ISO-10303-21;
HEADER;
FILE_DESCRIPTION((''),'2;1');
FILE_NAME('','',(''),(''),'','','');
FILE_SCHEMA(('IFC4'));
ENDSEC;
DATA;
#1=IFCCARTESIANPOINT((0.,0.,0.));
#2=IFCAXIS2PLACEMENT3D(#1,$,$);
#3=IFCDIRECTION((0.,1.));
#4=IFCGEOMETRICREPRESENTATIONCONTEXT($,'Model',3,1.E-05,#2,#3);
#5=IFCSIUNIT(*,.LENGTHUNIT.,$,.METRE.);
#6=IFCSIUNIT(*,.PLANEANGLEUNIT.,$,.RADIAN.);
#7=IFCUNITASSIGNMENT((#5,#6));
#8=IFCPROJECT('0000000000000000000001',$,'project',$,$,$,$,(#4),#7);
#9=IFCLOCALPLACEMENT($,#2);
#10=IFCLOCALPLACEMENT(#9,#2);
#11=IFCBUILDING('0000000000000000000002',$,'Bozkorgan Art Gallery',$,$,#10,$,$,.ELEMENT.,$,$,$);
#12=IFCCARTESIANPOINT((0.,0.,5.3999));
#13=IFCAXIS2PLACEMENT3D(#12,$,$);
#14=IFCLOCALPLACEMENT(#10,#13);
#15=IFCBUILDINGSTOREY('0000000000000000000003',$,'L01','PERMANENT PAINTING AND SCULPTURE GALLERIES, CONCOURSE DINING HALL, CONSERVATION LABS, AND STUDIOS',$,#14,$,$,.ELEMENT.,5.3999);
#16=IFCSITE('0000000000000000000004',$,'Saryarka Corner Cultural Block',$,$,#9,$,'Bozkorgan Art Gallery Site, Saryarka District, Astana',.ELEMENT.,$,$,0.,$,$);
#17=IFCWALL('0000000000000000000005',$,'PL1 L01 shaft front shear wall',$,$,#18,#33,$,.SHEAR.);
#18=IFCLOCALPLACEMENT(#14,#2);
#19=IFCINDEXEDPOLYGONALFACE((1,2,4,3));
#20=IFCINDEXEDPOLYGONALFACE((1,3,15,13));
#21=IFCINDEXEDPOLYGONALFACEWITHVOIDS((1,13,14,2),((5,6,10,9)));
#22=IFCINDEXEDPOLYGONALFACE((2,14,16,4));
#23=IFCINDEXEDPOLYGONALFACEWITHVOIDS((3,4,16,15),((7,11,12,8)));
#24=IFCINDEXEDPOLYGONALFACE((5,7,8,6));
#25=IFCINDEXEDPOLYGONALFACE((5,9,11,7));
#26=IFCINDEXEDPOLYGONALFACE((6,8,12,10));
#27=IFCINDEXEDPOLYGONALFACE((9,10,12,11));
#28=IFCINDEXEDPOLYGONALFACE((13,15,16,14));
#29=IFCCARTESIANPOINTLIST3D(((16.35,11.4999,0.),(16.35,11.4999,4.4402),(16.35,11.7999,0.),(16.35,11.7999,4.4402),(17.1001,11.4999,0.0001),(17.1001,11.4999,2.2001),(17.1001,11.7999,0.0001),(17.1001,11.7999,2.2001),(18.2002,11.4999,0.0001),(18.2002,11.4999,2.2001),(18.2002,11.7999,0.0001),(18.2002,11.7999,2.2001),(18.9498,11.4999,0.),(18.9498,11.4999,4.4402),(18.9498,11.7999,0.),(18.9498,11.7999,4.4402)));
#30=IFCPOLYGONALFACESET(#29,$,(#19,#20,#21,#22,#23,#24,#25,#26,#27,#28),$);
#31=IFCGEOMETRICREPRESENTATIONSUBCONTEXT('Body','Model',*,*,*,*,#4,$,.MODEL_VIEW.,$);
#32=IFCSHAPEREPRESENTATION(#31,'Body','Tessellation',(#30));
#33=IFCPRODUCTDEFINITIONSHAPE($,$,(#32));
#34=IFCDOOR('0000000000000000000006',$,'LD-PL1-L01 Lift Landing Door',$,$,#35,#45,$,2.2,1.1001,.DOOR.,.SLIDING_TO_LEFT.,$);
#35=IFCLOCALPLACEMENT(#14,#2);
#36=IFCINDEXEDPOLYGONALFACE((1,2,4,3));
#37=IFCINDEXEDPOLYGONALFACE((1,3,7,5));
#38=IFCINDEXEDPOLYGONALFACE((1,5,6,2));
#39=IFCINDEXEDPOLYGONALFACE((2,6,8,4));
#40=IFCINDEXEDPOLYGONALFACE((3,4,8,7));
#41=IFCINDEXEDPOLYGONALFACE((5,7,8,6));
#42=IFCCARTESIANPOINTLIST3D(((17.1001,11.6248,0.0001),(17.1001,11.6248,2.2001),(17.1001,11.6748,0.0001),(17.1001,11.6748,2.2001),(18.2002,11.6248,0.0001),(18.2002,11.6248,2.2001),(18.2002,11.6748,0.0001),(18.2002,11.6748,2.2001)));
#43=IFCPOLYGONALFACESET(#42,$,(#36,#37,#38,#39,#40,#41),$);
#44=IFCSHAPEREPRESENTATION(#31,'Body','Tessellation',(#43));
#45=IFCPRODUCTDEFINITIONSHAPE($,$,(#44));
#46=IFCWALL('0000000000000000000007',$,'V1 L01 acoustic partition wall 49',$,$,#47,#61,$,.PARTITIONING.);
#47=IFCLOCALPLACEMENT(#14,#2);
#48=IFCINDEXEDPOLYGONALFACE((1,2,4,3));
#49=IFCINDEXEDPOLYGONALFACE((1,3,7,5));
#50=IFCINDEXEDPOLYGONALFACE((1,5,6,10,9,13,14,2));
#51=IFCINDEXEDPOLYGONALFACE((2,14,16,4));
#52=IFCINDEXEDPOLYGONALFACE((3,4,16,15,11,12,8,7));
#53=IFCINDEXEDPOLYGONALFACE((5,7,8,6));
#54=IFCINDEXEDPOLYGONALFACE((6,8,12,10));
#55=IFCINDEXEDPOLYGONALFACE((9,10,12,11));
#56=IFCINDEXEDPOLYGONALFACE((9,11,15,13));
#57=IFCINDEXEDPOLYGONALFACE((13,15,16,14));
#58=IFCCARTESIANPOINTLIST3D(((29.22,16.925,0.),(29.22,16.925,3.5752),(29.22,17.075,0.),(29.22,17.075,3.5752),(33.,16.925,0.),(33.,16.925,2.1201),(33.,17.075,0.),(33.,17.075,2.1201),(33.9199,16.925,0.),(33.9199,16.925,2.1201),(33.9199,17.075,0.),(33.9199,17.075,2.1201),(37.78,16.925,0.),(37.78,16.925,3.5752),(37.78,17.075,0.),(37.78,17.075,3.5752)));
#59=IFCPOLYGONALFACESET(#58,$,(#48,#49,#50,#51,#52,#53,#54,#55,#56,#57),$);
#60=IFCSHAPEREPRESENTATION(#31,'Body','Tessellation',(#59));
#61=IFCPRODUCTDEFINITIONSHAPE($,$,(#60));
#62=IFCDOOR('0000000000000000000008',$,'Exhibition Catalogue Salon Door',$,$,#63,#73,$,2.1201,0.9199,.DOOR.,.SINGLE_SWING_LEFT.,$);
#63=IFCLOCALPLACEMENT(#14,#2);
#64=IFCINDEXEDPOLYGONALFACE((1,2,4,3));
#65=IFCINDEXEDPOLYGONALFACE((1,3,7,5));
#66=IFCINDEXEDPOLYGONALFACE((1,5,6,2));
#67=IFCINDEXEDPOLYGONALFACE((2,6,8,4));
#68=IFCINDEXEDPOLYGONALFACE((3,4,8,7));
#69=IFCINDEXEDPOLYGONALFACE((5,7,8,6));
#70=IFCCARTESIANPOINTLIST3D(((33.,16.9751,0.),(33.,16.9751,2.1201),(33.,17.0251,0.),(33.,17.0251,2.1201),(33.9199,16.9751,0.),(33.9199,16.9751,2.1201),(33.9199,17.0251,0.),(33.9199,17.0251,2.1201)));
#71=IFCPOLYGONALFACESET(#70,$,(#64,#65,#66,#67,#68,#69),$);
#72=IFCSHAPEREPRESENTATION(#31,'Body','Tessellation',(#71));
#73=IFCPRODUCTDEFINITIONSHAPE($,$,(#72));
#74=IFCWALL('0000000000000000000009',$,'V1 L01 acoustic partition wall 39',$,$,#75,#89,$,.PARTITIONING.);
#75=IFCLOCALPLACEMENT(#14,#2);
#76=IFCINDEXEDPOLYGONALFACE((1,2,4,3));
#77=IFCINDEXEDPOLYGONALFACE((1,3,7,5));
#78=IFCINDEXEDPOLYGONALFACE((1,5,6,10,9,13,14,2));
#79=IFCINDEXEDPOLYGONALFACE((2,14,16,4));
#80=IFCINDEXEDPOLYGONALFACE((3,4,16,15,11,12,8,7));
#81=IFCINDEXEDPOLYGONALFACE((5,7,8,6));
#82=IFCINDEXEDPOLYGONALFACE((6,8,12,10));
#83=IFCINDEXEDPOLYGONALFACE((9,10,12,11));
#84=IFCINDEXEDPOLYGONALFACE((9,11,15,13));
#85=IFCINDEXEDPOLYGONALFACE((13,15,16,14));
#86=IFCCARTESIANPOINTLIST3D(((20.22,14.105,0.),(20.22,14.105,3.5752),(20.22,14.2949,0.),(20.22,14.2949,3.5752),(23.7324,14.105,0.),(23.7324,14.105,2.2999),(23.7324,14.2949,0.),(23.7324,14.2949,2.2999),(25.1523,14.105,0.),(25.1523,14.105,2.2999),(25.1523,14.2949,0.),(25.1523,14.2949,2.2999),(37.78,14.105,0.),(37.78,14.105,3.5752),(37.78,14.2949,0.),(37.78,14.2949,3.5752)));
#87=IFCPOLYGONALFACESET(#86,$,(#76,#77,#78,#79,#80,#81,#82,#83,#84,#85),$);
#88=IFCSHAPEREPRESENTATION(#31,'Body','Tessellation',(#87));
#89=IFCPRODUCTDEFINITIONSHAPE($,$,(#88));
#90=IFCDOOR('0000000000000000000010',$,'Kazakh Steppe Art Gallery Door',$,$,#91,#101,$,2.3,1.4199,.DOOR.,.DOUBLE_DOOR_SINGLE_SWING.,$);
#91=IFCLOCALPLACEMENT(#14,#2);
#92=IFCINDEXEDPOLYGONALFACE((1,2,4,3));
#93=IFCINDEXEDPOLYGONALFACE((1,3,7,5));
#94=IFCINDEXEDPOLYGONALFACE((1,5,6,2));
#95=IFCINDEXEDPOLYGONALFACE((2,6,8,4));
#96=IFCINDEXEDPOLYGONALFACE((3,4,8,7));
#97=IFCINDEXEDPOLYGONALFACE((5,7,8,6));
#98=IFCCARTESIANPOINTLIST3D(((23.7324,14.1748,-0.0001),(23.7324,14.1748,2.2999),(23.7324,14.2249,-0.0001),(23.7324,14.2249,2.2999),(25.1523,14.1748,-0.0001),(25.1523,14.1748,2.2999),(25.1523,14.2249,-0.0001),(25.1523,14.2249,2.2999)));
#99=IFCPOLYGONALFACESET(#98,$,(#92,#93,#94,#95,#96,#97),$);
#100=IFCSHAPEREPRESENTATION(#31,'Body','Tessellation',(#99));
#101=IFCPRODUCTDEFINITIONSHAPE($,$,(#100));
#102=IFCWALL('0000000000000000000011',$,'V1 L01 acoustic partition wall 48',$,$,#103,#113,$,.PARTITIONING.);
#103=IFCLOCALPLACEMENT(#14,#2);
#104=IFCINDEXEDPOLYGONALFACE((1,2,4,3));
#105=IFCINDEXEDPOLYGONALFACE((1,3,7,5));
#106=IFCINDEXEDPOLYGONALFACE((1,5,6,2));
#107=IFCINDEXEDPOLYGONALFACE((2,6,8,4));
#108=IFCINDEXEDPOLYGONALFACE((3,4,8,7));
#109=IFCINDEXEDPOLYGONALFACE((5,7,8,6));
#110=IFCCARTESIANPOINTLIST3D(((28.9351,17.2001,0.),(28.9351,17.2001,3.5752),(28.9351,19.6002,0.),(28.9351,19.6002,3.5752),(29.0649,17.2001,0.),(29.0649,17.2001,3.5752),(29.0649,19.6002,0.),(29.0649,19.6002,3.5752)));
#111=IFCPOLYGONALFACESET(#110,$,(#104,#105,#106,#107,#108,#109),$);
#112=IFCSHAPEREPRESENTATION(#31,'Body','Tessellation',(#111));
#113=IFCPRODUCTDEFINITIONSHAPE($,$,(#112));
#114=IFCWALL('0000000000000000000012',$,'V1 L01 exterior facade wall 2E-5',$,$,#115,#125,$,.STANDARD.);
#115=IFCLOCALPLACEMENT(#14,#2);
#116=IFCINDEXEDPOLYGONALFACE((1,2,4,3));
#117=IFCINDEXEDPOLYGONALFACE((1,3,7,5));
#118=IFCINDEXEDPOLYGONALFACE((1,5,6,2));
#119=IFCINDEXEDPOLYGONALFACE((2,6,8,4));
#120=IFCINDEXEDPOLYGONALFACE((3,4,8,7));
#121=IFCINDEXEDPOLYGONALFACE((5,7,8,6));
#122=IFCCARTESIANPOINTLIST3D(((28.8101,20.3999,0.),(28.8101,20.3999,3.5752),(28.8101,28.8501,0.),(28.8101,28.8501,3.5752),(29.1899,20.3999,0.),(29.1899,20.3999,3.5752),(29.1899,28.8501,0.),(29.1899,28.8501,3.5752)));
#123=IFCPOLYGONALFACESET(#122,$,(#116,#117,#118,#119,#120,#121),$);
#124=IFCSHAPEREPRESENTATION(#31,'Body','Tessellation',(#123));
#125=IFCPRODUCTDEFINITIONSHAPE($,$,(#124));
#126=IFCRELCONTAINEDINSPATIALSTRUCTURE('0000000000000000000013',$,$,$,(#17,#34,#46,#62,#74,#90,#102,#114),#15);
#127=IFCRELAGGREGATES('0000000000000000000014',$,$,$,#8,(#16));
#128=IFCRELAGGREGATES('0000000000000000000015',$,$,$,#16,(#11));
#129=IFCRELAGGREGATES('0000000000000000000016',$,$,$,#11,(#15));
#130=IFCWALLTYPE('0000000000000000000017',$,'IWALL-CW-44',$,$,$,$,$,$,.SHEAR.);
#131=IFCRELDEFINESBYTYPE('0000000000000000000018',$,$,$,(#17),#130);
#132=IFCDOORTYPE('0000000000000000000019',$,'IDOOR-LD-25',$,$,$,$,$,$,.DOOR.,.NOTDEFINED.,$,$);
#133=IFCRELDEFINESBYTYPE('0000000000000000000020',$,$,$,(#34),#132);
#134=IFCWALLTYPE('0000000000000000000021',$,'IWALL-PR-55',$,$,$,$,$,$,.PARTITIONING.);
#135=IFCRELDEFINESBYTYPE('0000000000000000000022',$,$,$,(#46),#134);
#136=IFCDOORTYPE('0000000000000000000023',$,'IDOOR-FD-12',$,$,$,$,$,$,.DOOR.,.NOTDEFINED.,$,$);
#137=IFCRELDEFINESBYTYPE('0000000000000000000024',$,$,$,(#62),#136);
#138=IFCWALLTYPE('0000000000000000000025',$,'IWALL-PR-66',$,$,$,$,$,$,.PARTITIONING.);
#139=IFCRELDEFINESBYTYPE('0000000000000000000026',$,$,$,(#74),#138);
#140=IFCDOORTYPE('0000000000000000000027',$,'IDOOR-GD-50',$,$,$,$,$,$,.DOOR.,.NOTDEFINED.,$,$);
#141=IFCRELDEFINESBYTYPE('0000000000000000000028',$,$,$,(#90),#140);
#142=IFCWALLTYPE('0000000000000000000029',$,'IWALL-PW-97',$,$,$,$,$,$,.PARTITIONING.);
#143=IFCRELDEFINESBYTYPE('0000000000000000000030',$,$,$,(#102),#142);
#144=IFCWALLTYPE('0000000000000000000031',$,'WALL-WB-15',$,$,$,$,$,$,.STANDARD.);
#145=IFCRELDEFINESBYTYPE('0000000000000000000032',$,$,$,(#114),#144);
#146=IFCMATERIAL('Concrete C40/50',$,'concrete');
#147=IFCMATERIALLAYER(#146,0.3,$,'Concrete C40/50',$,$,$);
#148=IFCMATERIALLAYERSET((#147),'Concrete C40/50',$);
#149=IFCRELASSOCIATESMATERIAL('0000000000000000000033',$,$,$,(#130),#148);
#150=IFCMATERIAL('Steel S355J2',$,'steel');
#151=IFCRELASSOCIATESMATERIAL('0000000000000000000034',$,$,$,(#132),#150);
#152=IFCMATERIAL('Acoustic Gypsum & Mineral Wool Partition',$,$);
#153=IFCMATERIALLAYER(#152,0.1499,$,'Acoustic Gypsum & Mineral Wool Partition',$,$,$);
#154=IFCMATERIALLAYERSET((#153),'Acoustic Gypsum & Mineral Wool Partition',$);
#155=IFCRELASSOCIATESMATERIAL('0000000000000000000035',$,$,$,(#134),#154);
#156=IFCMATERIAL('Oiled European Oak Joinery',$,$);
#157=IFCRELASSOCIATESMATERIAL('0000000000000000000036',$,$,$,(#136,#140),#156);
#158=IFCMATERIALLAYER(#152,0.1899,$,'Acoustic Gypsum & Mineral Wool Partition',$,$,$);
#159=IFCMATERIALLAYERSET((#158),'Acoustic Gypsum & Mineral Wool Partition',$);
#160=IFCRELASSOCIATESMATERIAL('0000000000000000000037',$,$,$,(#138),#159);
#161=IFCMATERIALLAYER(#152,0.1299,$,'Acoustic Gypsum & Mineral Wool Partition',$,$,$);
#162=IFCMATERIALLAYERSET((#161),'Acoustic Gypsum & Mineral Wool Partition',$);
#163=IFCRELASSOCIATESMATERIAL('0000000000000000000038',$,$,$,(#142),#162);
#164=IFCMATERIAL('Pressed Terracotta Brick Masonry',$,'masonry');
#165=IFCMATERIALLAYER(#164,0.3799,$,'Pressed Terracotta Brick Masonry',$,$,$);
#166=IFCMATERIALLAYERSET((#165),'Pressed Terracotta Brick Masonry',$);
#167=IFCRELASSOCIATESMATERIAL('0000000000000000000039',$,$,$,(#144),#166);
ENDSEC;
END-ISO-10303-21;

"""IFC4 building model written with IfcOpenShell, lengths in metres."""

from ifc_helpers import new_model, si_unit, direction, frame, frame_2d, origin, place, context, subcontext, project, spatial, rectangle, extrude, material, layer, layer_set, type_object, element, fill, save


model = new_model("IFC4")

# Units and contexts
model_context = context("Model", 3, precision=1e-05, world=origin(), true_north=direction((0.0, 1.0)))
body_context = subcontext(model_context, "Body", "Model", "MODEL_VIEW")
ifc_project = project(units=[si_unit("LENGTHUNIT", "METRE"), si_unit("PLANEANGLEUNIT", "RADIAN")], contexts=[model_context])

# Site, building, storey
site_placement = place(None, origin())
site = spatial("IfcSite", under=ifc_project, at=site_placement, Name="Saryarka Corner Cultural Block", LongName="Bozkorgan Art Gallery Site, Saryarka District, Astana", CompositionType="ELEMENT", RefElevation=0.0)
building_placement = place(site_placement, origin())
building = spatial("IfcBuilding", under=site, at=building_placement, Name="Bozkorgan Art Gallery", CompositionType="ELEMENT")
storey_placement = place(building_placement, frame((0.0, 0.0, 5.3999)))
storey = spatial("IfcBuildingStorey", under=building, at=storey_placement, Name="L01", Description="PERMANENT PAINTING AND SCULPTURE GALLERIES, CONCOURSE DINING HALL, CONSERVATION LABS, AND STUDIOS", CompositionType="ELEMENT", Elevation=5.3999)

# Shared definitions
ifc_material_1 = material(Name="Concrete C40/50", Category="concrete")

# Shared definitions
ifc_material_2 = material(Name="Steel S355J2", Category="steel")

# Walls, openings, doors
ifc_layer_1 = layer(ifc_material_1, 0.3, Name="Concrete C40/50")
ifc_layer_set_1 = layer_set([ifc_layer_1], Name="Concrete C40/50")
wall_type_1 = type_object("IfcWallType", Name="IWALL-CW-44", PredefinedType="SHEAR", material=ifc_layer_set_1)
wall_1_placement = place(storey_placement, frame((16.3501, 11.6499, 0.0), z_axis=(0.0, 0.0, 1.0), x_axis=(1.0, 0.0, 0.0)))
wall_1 = element("IfcWall", 1, at=wall_1_placement, inside=storey, type_object=wall_type_1, Name="PL1 L01 shaft front shear wall", PredefinedType="SHEAR", context=body_context, shape_type="SweptSolid", body=[
    extrude(rectangle(XDim=2.5999, YDim=0.3, at=frame_2d((1.2998, 0.0))), origin(), (0.0, 0.0, 1.0), 4.4402),
])
opening_1_placement = place(wall_1_placement, frame((0.75, 0.0, 0.0)))
opening_1 = element("IfcOpeningElement", 2, at=opening_1_placement, cuts=wall_1, PredefinedType="OPENING", context=body_context, shape_type="SweptSolid", body=[
    extrude(rectangle(XDim=1.1001, YDim=2.2, at=frame_2d((0.55, 1.1001))), frame((0.0, 0.1602, 0.0), z_axis=(0.0, -1.0, 0.0), x_axis=(1.0, 0.0, 0.0)), (0.0, 0.0, 1.0), 0.3201),
])
door_type_1 = type_object("IfcDoorType", Name="IDOOR-LD-25", OperationType="NOTDEFINED", PredefinedType="DOOR", material=ifc_material_2)
door_1_placement = place(opening_1_placement, origin())
door_1 = element("IfcDoor", 3, at=door_1_placement, inside=storey, type_object=door_type_1, Name="LD-PL1-L01 Lift Landing Door", OperationType="SLIDING_TO_LEFT", OverallHeight=2.2, OverallWidth=1.1001, PredefinedType="DOOR", context=body_context, shape_type="SweptSolid", body=[
    extrude(rectangle(XDim=1.1001, YDim=2.2, at=frame_2d((0.55, 1.1001))), frame((0.0, 0.0249, 0.0), z_axis=(0.0, -1.0, 0.0), x_axis=(1.0, 0.0, 0.0)), (0.0, 0.0, 1.0), 0.05),
])
fill(opening_1, door_1)
ifc_material_3 = material(Name="Acoustic Gypsum & Mineral Wool Partition")
ifc_layer_2 = layer(ifc_material_3, 0.1499, Name="Acoustic Gypsum & Mineral Wool Partition")
ifc_layer_set_2 = layer_set([ifc_layer_2], Name="Acoustic Gypsum & Mineral Wool Partition")
wall_type_2 = type_object("IfcWallType", Name="IWALL-PR-55", PredefinedType="PARTITIONING", material=ifc_layer_set_2)
wall_2_placement = place(storey_placement, frame((29.22, 17.0, 0.0), z_axis=(0.0, 0.0, 1.0), x_axis=(1.0, 0.0, 0.0)))
wall_2 = element("IfcWall", 4, at=wall_2_placement, inside=storey, type_object=wall_type_2, Name="V1 L01 acoustic partition wall 49", PredefinedType="PARTITIONING", context=body_context, shape_type="SweptSolid", body=[
    extrude(rectangle(XDim=8.5601, YDim=0.1499, at=frame_2d((4.28, 0.0))), origin(), (0.0, 0.0, 1.0), 3.5752),
])
opening_2_placement = place(wall_2_placement, frame((4.7, 0.0, 0.0), z_axis=(0.0, 0.0, 1.0), x_axis=(-1.0, 0.0, 0.0)))
opening_2 = element("IfcOpeningElement", 5, at=opening_2_placement, cuts=wall_2, PredefinedType="OPENING", context=body_context, shape_type="SweptSolid", body=[
    extrude(rectangle(XDim=0.9199, YDim=2.1201, at=frame_2d((0.46, 1.0601))), frame((0.0, 0.085, 0.0), z_axis=(0.0, -1.0, 0.0), x_axis=(1.0, 0.0, 0.0)), (0.0, 0.0, 1.0), 0.1699),
])
ifc_material_4 = material(Name="Oiled European Oak Joinery")
door_type_2 = type_object("IfcDoorType", Name="IDOOR-FD-12", OperationType="NOTDEFINED", PredefinedType="DOOR", material=ifc_material_4)
door_2_placement = place(opening_2_placement, origin())
door_2 = element("IfcDoor", 6, at=door_2_placement, inside=storey, type_object=door_type_2, Name="Exhibition Catalogue Salon Door", OperationType="SINGLE_SWING_LEFT", OverallHeight=2.1201, OverallWidth=0.9199, PredefinedType="DOOR", context=body_context, shape_type="SweptSolid", body=[
    extrude(rectangle(XDim=0.9199, YDim=2.1201, at=frame_2d((0.46, 1.0601))), frame((0.0, 0.0249, 0.0), z_axis=(0.0, -1.0, 0.0), x_axis=(1.0, 0.0, 0.0)), (0.0, 0.0, 1.0), 0.05),
])
fill(opening_2, door_2)
ifc_layer_3 = layer(ifc_material_3, 0.1899, Name="Acoustic Gypsum & Mineral Wool Partition")
ifc_layer_set_3 = layer_set([ifc_layer_3], Name="Acoustic Gypsum & Mineral Wool Partition")
wall_type_3 = type_object("IfcWallType", Name="IWALL-PR-66", PredefinedType="PARTITIONING", material=ifc_layer_set_3)
wall_3_placement = place(storey_placement, frame((20.22, 14.2, 0.0), z_axis=(0.0, 0.0, 1.0), x_axis=(1.0, 0.0, 0.0)))
wall_3 = element("IfcWall", 7, at=wall_3_placement, inside=storey, type_object=wall_type_3, Name="V1 L01 acoustic partition wall 39", PredefinedType="PARTITIONING", context=body_context, shape_type="SweptSolid", body=[
    extrude(rectangle(XDim=17.5601, YDim=0.1899, at=frame_2d((8.78, 0.0))), origin(), (0.0, 0.0, 1.0), 3.5752),
])
opening_3_placement = place(wall_3_placement, frame((3.5125, 0.0, 0.0)))
opening_3 = element("IfcOpeningElement", 8, at=opening_3_placement, cuts=wall_3, PredefinedType="OPENING", context=body_context, shape_type="SweptSolid", body=[
    extrude(rectangle(XDim=1.4199, YDim=2.3, at=frame_2d((0.71, 1.1499))), frame((0.0, 0.105, 0.0), z_axis=(0.0, -1.0, 0.0), x_axis=(1.0, 0.0, 0.0)), (0.0, 0.0, 1.0), 0.21),
])
door_type_3 = type_object("IfcDoorType", Name="IDOOR-GD-50", OperationType="NOTDEFINED", PredefinedType="DOOR", material=ifc_material_4)
door_3_placement = place(opening_3_placement, origin())
door_3 = element("IfcDoor", 9, at=door_3_placement, inside=storey, type_object=door_type_3, Name="Kazakh Steppe Art Gallery Door", OperationType="DOUBLE_DOOR_SINGLE_SWING", OverallHeight=2.3, OverallWidth=1.4199, PredefinedType="DOOR", context=body_context, shape_type="SweptSolid", body=[
    extrude(rectangle(XDim=1.4199, YDim=2.3, at=frame_2d((0.71, 1.1499))), frame((0.0, 0.0249, 0.0), z_axis=(0.0, -1.0, 0.0), x_axis=(1.0, 0.0, 0.0)), (0.0, 0.0, 1.0), 0.05),
])
fill(opening_3, door_3)

# Walls
ifc_layer_4 = layer(ifc_material_3, 0.1299, Name="Acoustic Gypsum & Mineral Wool Partition")
ifc_layer_set_4 = layer_set([ifc_layer_4], Name="Acoustic Gypsum & Mineral Wool Partition")
wall_type_4 = type_object("IfcWallType", Name="IWALL-PW-97", PredefinedType="PARTITIONING", material=ifc_layer_set_4)
wall_4_placement = place(storey_placement, frame((29.0, 17.2, 0.0), z_axis=(0.0, 0.0, 1.0), x_axis=(0.0, 1.0, 0.0)))
element("IfcWall", 10, at=wall_4_placement, inside=storey, type_object=wall_type_4, Name="V1 L01 acoustic partition wall 48", PredefinedType="PARTITIONING", context=body_context, shape_type="SweptSolid", body=[
    extrude(rectangle(XDim=2.4001, YDim=0.1299, at=frame_2d((1.2002, 0.0))), origin(), (0.0, 0.0, 1.0), 3.5752),
])
ifc_material_5 = material(Name="Pressed Terracotta Brick Masonry", Category="masonry")
ifc_layer_5 = layer(ifc_material_5, 0.3799, Name="Pressed Terracotta Brick Masonry")
ifc_layer_set_5 = layer_set([ifc_layer_5], Name="Pressed Terracotta Brick Masonry")
wall_type_5 = type_object("IfcWallType", Name="WALL-WB-15", PredefinedType="STANDARD", material=ifc_layer_set_5)
wall_5_placement = place(storey_placement, frame((29.0, 20.3999, 0.0), z_axis=(0.0, 0.0, 1.0), x_axis=(0.0, 1.0, 0.0)))
element("IfcWall", 11, at=wall_5_placement, inside=storey, type_object=wall_type_5, Name="V1 L01 exterior facade wall 2E-5", PredefinedType="STANDARD", context=body_context, shape_type="SweptSolid", body=[
    extrude(rectangle(XDim=8.4502, YDim=0.3799, at=frame_2d((4.2251, 0.0))), origin(), (0.0, 0.0, 1.0), 3.5752),
])

save(model, "model.ifc")
